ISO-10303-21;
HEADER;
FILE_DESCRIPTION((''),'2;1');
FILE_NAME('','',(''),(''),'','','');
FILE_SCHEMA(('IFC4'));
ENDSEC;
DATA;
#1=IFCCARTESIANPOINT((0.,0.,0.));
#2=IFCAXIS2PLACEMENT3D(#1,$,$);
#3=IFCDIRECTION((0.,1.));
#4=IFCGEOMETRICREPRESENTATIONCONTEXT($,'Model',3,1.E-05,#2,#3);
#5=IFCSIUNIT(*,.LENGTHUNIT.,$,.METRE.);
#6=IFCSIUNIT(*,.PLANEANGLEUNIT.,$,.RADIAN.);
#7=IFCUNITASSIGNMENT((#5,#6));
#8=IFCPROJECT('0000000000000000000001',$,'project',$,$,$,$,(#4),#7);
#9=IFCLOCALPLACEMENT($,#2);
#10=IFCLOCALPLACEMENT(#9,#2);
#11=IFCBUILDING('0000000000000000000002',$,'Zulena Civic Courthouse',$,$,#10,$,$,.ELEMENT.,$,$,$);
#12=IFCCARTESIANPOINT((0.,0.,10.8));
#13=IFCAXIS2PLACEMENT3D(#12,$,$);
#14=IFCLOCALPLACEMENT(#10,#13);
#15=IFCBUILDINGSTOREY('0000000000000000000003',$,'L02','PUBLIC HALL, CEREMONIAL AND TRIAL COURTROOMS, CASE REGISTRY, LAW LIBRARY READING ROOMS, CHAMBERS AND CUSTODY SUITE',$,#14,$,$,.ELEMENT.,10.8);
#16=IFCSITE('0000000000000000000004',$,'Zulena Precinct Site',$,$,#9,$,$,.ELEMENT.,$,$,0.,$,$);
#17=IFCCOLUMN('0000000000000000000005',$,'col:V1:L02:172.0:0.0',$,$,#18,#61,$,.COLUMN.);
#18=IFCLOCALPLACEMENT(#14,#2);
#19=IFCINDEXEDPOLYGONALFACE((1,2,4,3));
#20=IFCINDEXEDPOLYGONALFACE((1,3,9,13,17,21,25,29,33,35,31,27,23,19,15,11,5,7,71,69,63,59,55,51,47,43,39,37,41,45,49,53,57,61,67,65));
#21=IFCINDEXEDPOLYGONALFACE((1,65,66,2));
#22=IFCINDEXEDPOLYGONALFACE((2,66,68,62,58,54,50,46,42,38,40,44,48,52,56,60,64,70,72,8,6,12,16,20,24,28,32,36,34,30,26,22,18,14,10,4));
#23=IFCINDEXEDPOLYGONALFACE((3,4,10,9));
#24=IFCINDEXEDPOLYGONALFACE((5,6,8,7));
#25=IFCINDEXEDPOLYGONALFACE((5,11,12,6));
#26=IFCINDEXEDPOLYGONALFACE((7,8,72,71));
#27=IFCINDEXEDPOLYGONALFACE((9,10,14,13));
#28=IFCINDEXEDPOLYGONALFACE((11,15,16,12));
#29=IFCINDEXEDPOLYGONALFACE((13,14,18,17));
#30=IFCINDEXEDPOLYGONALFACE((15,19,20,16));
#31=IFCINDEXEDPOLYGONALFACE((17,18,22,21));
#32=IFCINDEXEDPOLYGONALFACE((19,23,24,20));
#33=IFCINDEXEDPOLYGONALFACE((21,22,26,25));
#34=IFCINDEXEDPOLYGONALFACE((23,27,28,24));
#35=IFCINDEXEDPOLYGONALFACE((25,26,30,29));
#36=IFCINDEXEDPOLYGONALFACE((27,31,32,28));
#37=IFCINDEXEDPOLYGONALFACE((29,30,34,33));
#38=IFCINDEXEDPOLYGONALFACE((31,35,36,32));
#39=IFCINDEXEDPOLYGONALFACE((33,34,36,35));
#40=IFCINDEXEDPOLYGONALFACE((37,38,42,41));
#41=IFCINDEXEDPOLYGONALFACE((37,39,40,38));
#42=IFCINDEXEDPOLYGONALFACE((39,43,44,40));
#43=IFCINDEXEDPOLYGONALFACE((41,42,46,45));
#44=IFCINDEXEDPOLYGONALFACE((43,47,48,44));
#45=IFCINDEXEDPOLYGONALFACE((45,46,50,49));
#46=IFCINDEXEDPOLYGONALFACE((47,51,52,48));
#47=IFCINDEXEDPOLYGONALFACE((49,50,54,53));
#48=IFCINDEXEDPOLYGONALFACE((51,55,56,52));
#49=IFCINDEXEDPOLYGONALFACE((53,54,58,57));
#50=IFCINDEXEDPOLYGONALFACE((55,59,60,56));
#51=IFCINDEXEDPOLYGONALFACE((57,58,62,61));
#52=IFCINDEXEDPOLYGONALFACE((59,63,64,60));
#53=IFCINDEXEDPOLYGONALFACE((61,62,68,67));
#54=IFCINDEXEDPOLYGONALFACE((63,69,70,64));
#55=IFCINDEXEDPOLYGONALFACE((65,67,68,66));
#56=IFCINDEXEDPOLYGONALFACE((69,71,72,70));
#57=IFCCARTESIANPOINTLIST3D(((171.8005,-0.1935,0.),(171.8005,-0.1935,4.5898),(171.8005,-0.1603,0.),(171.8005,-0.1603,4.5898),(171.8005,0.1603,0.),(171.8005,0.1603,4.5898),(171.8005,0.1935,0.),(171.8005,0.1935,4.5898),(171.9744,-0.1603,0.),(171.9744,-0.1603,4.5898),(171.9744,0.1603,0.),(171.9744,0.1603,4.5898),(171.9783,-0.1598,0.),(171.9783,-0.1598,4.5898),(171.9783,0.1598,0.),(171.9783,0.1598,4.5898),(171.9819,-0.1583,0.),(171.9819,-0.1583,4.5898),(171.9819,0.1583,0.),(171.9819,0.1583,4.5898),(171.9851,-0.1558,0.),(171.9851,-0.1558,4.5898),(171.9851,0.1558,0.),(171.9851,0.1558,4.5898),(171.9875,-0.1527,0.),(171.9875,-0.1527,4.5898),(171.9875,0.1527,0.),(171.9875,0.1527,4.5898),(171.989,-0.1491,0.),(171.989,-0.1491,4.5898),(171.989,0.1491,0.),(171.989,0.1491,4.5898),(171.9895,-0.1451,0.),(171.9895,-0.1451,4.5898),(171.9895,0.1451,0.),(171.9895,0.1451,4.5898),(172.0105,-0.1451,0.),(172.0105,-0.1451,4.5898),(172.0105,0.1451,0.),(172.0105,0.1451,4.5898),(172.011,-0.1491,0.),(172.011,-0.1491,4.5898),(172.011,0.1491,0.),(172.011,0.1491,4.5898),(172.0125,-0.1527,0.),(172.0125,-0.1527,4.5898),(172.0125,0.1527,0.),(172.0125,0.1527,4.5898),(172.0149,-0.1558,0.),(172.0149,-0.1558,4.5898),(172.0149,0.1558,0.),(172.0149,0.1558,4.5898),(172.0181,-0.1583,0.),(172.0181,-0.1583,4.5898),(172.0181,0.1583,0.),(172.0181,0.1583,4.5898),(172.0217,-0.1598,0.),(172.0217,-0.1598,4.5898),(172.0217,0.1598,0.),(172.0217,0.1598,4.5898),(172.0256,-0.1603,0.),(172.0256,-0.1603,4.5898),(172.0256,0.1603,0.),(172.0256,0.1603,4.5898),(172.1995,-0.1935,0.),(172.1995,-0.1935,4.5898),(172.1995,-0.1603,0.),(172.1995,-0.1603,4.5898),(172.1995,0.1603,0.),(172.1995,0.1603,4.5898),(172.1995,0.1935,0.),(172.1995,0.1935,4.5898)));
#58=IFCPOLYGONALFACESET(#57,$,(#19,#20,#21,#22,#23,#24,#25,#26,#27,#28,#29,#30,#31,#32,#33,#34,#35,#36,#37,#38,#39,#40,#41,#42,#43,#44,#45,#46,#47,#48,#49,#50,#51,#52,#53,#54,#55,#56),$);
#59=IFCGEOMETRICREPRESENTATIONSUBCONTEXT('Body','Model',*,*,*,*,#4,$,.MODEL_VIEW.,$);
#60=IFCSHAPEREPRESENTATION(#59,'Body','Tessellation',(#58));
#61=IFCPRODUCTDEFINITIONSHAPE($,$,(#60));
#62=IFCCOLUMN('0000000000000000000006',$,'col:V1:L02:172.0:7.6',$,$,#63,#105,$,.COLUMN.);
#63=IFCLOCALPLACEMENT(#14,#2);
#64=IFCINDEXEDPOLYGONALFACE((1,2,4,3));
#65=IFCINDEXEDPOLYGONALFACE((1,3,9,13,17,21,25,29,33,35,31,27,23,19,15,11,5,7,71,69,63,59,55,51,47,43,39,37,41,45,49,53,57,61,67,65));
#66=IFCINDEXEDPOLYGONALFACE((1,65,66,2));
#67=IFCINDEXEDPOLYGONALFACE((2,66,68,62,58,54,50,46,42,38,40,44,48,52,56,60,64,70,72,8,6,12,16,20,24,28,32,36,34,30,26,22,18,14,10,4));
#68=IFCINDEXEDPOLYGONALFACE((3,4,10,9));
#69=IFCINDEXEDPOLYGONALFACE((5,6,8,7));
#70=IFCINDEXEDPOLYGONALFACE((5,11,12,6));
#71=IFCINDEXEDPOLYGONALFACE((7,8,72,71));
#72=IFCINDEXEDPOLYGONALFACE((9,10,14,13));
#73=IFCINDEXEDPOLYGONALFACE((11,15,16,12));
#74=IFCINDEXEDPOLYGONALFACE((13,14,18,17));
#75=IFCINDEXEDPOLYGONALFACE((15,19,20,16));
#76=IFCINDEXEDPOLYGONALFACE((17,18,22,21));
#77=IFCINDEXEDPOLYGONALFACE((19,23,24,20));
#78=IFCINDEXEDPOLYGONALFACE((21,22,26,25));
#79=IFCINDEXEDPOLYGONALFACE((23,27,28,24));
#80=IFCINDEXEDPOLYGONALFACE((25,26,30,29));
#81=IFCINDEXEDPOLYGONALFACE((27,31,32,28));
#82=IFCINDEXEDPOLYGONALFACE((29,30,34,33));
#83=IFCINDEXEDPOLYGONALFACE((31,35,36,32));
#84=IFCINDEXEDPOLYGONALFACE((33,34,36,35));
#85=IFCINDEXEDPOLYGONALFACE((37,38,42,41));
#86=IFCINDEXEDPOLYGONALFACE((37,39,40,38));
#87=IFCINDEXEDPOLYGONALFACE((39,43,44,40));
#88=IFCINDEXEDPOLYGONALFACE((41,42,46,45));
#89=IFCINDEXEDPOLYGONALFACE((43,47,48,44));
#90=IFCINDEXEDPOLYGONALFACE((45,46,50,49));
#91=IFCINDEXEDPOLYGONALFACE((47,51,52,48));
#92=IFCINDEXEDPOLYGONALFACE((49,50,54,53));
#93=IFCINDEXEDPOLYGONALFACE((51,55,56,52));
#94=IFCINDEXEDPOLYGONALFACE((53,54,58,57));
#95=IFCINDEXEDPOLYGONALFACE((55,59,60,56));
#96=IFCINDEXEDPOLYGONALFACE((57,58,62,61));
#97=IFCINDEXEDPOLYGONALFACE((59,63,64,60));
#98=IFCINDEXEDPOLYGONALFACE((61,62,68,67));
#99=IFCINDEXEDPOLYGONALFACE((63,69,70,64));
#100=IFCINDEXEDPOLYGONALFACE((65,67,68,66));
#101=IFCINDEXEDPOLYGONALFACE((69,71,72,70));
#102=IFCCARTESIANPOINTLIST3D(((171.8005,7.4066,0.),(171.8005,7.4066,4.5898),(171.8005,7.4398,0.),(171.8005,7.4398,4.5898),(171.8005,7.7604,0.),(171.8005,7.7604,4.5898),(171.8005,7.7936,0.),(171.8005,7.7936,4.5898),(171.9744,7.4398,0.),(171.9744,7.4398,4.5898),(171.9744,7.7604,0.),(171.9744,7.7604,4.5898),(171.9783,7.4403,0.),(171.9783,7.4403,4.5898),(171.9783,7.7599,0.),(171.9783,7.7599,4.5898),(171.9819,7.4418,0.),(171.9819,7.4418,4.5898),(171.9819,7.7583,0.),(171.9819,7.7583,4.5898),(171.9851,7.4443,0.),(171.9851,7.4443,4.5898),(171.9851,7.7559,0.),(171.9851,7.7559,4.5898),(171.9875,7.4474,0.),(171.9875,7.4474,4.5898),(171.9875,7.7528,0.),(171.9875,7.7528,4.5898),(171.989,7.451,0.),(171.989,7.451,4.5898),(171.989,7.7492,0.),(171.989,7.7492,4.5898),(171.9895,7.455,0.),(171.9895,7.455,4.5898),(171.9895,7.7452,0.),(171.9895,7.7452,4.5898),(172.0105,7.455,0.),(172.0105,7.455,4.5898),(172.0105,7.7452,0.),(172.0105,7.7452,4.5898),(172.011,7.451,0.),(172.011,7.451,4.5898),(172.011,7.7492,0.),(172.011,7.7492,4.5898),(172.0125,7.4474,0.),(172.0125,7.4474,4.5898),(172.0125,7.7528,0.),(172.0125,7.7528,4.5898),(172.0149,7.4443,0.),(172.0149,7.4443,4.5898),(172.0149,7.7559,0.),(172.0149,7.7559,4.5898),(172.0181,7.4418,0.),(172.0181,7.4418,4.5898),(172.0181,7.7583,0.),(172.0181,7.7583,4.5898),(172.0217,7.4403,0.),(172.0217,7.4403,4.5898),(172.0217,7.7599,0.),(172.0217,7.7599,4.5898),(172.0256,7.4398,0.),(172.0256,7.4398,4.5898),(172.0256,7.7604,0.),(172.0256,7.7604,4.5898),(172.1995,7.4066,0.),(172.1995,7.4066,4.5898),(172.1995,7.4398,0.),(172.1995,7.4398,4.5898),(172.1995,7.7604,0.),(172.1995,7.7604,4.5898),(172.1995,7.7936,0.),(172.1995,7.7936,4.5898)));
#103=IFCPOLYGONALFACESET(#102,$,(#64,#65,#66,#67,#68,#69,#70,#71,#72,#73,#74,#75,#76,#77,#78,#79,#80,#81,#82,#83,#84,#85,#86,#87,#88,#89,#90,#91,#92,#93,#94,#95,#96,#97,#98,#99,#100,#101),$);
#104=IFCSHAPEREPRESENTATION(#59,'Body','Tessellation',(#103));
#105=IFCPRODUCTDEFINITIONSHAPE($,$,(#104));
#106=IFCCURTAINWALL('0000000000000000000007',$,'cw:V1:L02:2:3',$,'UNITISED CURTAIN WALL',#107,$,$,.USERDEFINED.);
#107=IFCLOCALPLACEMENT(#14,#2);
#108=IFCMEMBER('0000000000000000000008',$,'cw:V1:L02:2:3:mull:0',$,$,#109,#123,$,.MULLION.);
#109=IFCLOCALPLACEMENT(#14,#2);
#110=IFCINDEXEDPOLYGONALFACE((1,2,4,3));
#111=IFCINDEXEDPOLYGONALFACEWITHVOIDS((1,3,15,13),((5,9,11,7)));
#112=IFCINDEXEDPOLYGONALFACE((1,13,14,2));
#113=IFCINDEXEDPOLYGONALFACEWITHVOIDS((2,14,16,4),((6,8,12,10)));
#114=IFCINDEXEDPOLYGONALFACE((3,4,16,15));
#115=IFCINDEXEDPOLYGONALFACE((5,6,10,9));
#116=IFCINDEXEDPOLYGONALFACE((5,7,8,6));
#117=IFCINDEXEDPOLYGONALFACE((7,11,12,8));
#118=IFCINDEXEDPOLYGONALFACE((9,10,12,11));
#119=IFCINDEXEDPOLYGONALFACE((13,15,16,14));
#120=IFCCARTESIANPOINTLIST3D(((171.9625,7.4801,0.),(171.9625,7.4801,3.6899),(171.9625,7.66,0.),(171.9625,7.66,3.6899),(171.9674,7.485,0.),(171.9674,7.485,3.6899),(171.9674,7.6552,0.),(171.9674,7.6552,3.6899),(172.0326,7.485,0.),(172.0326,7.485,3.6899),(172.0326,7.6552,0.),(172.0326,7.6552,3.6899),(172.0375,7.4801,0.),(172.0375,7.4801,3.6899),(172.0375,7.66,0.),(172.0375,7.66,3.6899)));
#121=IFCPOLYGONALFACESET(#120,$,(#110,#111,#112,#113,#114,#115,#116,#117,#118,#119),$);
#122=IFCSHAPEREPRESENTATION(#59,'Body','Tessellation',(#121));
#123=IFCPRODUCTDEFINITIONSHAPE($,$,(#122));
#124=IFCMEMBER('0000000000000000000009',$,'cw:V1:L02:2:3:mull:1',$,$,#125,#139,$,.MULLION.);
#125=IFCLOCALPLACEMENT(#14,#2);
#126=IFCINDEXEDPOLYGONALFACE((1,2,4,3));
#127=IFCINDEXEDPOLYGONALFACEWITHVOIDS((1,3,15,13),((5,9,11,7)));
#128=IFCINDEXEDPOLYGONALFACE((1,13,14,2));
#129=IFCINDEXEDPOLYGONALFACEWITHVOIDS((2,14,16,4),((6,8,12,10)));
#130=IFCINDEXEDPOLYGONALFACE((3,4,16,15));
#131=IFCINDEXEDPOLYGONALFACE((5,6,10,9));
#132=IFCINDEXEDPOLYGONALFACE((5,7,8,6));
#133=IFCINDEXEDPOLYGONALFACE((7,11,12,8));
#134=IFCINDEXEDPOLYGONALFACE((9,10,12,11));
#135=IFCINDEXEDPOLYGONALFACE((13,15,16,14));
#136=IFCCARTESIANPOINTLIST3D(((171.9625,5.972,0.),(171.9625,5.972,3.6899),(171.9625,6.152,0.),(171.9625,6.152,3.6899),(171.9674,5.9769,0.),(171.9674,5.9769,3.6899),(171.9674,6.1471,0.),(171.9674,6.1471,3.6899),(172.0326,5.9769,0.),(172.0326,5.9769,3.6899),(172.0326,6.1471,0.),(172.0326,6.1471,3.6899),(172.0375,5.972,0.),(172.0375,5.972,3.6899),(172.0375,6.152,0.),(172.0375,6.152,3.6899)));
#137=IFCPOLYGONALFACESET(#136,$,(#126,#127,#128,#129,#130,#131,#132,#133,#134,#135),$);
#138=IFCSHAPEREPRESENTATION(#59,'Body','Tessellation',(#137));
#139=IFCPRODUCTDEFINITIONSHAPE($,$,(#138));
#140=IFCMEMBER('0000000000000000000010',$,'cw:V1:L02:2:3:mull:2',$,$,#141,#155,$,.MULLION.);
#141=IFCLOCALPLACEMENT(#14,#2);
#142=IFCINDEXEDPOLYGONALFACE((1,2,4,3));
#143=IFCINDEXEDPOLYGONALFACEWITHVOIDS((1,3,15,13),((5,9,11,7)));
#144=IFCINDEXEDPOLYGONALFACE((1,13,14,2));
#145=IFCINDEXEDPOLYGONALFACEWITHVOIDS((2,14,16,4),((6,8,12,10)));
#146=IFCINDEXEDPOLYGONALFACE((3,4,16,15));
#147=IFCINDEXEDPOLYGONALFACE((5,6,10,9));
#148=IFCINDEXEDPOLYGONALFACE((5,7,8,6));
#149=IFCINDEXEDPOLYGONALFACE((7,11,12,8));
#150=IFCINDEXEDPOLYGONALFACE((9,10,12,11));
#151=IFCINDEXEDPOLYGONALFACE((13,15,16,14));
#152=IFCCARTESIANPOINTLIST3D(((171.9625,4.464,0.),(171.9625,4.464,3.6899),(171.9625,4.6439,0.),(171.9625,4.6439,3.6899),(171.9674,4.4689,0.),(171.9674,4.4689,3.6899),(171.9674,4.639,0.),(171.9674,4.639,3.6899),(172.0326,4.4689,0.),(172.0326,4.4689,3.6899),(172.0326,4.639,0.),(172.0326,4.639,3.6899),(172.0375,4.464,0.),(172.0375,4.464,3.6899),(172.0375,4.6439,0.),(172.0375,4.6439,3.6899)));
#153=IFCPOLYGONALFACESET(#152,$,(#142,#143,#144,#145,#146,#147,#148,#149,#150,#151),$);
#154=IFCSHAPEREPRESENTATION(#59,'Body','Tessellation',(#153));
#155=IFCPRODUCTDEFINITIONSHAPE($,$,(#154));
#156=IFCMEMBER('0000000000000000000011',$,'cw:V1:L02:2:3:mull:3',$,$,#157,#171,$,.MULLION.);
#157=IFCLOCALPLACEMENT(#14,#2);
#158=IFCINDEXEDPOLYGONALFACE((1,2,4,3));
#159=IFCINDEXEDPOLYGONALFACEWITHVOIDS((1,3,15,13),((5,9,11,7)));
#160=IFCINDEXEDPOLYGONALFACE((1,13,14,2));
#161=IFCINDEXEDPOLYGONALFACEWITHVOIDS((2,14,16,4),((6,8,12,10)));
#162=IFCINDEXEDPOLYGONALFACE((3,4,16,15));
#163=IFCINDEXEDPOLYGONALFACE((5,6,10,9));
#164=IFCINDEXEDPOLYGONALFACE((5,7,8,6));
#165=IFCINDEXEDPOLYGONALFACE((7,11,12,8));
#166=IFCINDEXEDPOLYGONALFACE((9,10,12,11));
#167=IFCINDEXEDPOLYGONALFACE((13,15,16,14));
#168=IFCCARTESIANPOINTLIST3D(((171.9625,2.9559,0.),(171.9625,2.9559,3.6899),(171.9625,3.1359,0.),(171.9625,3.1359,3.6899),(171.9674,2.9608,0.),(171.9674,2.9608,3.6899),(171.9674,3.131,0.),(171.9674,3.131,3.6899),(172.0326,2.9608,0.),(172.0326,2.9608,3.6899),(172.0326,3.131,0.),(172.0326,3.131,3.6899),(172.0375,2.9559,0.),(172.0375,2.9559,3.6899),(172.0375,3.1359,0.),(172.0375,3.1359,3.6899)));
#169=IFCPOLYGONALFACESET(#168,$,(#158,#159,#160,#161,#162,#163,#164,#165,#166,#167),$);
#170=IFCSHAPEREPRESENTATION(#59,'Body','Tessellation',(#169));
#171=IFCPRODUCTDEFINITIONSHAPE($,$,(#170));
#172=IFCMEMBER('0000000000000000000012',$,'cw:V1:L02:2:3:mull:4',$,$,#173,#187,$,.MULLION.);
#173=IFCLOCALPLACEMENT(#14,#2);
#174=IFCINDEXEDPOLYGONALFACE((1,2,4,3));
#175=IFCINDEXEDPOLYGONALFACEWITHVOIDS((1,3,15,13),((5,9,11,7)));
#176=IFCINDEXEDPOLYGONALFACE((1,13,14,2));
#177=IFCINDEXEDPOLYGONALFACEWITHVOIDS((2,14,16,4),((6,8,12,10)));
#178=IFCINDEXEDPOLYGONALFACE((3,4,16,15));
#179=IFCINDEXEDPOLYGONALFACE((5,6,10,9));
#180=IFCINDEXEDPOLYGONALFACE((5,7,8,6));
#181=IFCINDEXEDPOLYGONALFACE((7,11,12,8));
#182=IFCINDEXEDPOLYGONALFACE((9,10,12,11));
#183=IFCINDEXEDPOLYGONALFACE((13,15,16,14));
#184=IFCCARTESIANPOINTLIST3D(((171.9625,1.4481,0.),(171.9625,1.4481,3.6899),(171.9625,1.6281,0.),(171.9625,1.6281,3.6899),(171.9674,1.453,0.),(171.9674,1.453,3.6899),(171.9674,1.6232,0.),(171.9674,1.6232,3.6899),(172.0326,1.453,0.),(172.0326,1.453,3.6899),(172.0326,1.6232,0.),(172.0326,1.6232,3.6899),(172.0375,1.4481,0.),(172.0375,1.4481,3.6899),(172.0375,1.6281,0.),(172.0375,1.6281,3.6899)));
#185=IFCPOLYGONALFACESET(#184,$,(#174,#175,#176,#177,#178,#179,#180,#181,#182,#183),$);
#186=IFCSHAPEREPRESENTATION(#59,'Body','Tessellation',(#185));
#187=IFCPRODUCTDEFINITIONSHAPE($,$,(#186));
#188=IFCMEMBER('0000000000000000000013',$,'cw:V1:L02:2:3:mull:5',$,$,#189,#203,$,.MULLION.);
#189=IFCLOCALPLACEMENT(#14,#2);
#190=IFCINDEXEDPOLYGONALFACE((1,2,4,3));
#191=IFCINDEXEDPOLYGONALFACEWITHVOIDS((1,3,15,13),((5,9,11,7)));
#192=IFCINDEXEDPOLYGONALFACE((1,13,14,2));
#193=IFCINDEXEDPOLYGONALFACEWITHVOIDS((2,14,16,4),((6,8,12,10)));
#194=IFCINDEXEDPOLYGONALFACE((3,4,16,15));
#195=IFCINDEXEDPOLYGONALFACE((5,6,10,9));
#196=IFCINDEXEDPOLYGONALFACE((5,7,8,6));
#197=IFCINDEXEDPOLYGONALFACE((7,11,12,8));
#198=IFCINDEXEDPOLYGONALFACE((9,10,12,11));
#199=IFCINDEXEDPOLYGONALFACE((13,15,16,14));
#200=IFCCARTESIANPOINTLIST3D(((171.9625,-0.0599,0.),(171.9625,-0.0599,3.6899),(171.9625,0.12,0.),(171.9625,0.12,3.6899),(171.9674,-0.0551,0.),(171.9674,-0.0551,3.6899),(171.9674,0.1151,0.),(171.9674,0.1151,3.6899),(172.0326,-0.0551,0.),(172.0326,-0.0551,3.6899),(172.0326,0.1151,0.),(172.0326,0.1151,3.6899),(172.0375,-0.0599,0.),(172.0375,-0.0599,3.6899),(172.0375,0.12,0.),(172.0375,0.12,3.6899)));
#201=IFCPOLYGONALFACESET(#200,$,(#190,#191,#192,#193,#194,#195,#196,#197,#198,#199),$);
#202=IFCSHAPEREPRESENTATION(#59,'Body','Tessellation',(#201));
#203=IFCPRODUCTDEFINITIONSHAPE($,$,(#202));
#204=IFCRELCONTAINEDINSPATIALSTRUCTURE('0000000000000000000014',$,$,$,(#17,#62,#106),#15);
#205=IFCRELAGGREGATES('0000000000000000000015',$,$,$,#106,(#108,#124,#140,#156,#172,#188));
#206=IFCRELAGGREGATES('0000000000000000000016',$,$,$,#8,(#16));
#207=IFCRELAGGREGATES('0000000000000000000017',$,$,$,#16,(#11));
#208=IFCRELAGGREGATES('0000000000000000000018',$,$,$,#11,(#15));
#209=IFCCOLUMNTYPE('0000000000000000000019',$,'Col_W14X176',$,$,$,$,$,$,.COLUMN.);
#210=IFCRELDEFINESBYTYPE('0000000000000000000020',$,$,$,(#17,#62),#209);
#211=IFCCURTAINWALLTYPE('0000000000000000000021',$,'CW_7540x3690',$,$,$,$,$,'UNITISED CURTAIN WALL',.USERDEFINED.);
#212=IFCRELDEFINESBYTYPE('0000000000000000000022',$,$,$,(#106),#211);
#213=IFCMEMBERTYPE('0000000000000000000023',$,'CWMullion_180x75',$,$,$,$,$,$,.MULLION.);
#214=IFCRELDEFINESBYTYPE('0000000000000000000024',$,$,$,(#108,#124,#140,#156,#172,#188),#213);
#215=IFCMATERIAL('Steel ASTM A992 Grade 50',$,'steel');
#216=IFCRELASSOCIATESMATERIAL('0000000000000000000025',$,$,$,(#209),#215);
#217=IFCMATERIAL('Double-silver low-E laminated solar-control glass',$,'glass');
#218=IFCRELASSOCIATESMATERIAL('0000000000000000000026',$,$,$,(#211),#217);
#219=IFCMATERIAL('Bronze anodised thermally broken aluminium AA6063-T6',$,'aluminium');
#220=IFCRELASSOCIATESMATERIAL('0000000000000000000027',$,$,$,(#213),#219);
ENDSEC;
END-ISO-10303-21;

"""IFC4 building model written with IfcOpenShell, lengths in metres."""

from ifc_helpers import new_model, si_unit, direction, frame, origin, origin_2d, place, context, subcontext, project, spatial, hollow_rectangle, i_section, extrude, material, material_profile, profile_set, type_object, element, aggregate, save


model = new_model("IFC4")

# Units and contexts
model_context = context("Model", 3, precision=1e-05, world=origin(), true_north=direction((0.0, 1.0)))
body_context = subcontext(model_context, "Body", "Model", "MODEL_VIEW")
ifc_project = project(units=[si_unit("LENGTHUNIT", "METRE"), si_unit("PLANEANGLEUNIT", "RADIAN")], contexts=[model_context])

# Site, building, storey
site_placement = place(None, origin())
site = spatial("IfcSite", under=ifc_project, at=site_placement, Name="Zulena Precinct Site", CompositionType="ELEMENT", RefElevation=0.0)
building_placement = place(site_placement, origin())
building = spatial("IfcBuilding", under=site, at=building_placement, Name="Zulena Civic Courthouse", CompositionType="ELEMENT")
storey_placement = place(building_placement, frame((0.0, 0.0, 10.8)))
storey = spatial("IfcBuildingStorey", under=building, at=storey_placement, Name="L02", Description="PUBLIC HALL, CEREMONIAL AND TRIAL COURTROOMS, CASE REGISTRY, LAW LIBRARY READING ROOMS, CHAMBERS AND CUSTODY SUITE", CompositionType="ELEMENT", Elevation=10.8)

# Columns
ifc_material_1 = material(Name="Steel ASTM A992 Grade 50", Category="steel")
ifc_material_profile_1 = material_profile(ifc_material_1, i_section(OverallWidth=0.3989, OverallDepth=0.387, WebThickness=0.021, FlangeThickness=0.0332, FilletRadius=0.0151, at=origin_2d()), Name="W14X176")
ifc_profile_set_1 = profile_set([ifc_material_profile_1], Name="Steel ASTM A992 Grade 50")
column_type = type_object("IfcColumnType", Name="Col_W14X176", PredefinedType="COLUMN", material=ifc_profile_set_1)
for number, where, z_axis, x_axis, name in (
    (1, (172.0, 0.0, 0.0), (0.0, 0.0, 1.0), (1.0, 0.0, 0.0), "col:V1:L02:172.0:0.0"),
    (2, (172.0, 7.6001, 0.0), (0.0, 0.0, 1.0), (1.0, 0.0, 0.0), "col:V1:L02:172.0:7.6"),
):
    element("IfcColumn", number, at=place(storey_placement, frame(where, z_axis=z_axis, x_axis=x_axis)), inside=storey, type_object=column_type, Name=name, PredefinedType="COLUMN", context=body_context, shape_type="SweptSolid", body=[
        extrude(i_section(OverallWidth=0.3989, OverallDepth=0.387, WebThickness=0.021, FlangeThickness=0.0332, FilletRadius=0.0151, at=origin_2d()), origin(), (0.0, 0.0, 1.0), 4.5898),
    ])

# Curtain wall, members
ifc_material_2 = material(Name="Double-silver low-E laminated solar-control glass", Category="glass")
curtain_wall_type = type_object("IfcCurtainWallType", Name="CW_7540x3690", ElementType="UNITISED CURTAIN WALL", PredefinedType="USERDEFINED", material=ifc_material_2)
curtain_wall_placement = place(storey_placement, origin())
curtain_wall = element("IfcCurtainWall", 3, at=curtain_wall_placement, inside=storey, type_object=curtain_wall_type, Name="cw:V1:L02:2:3", ObjectType="UNITISED CURTAIN WALL", PredefinedType="USERDEFINED")
ifc_material_3 = material(Name="Bronze anodised thermally broken aluminium AA6063-T6", Category="aluminium")
ifc_material_profile_2 = material_profile(ifc_material_3, hollow_rectangle(XDim=0.075, YDim=0.1799, WallThickness=0.0049, at=origin_2d()), Name="CWM180X75X5")
ifc_profile_set_2 = profile_set([ifc_material_profile_2], Name="Bronze anodised thermally broken aluminium AA6063-T6")
member_type_1 = type_object("IfcMemberType", Name="CWMullion_180x75", PredefinedType="MULLION", material=ifc_profile_set_2)
member_1_placement = place(storey_placement, frame((172.0, 7.5701, 0.0), z_axis=(0.0, 0.0, 1.0), x_axis=(1.0, 0.0, 0.0)))
member_1 = element("IfcMember", 4, at=member_1_placement, type_object=member_type_1, Name="cw:V1:L02:2:3:mull:0", PredefinedType="MULLION", context=body_context, shape_type="SweptSolid", body=[
    extrude(hollow_rectangle(XDim=0.075, YDim=0.1799, WallThickness=0.0049, at=origin_2d()), origin(), (0.0, 0.0, 1.0), 3.6899),
])
member_2_placement = place(storey_placement, frame((172.0, 6.062, 0.0), z_axis=(0.0, 0.0, 1.0), x_axis=(1.0, 0.0, 0.0)))
member_2 = element("IfcMember", 5, at=member_2_placement, type_object=member_type_1, Name="cw:V1:L02:2:3:mull:1", PredefinedType="MULLION", context=body_context, shape_type="SweptSolid", body=[
    extrude(hollow_rectangle(XDim=0.075, YDim=0.1799, WallThickness=0.0049, at=origin_2d()), origin(), (0.0, 0.0, 1.0), 3.6899),
])
member_3_placement = place(storey_placement, frame((172.0, 4.554, 0.0), z_axis=(0.0, 0.0, 1.0), x_axis=(1.0, 0.0, 0.0)))
member_3 = element("IfcMember", 6, at=member_3_placement, type_object=member_type_1, Name="cw:V1:L02:2:3:mull:2", PredefinedType="MULLION", context=body_context, shape_type="SweptSolid", body=[
    extrude(hollow_rectangle(XDim=0.075, YDim=0.1799, WallThickness=0.0049, at=origin_2d()), origin(), (0.0, 0.0, 1.0), 3.6899),
])
member_4_placement = place(storey_placement, frame((172.0, 3.0459, 0.0), z_axis=(0.0, 0.0, 1.0), x_axis=(1.0, 0.0, 0.0)))
member_4 = element("IfcMember", 7, at=member_4_placement, type_object=member_type_1, Name="cw:V1:L02:2:3:mull:3", PredefinedType="MULLION", context=body_context, shape_type="SweptSolid", body=[
    extrude(hollow_rectangle(XDim=0.075, YDim=0.1799, WallThickness=0.0049, at=origin_2d()), origin(), (0.0, 0.0, 1.0), 3.6899),
])
member_5_placement = place(storey_placement, frame((172.0, 1.5381, 0.0), z_axis=(0.0, 0.0, 1.0), x_axis=(1.0, 0.0, 0.0)))
member_5 = element("IfcMember", 8, at=member_5_placement, type_object=member_type_1, Name="cw:V1:L02:2:3:mull:4", PredefinedType="MULLION", context=body_context, shape_type="SweptSolid", body=[
    extrude(hollow_rectangle(XDim=0.075, YDim=0.1799, WallThickness=0.0049, at=origin_2d()), origin(), (0.0, 0.0, 1.0), 3.6899),
])
member_6_placement = place(storey_placement, frame((172.0, 0.03, 0.0), z_axis=(0.0, 0.0, 1.0), x_axis=(1.0, 0.0, 0.0)))
member_6 = element("IfcMember", 9, at=member_6_placement, type_object=member_type_1, Name="cw:V1:L02:2:3:mull:5", PredefinedType="MULLION", context=body_context, shape_type="SweptSolid", body=[
    extrude(hollow_rectangle(XDim=0.075, YDim=0.1799, WallThickness=0.0049, at=origin_2d()), origin(), (0.0, 0.0, 1.0), 3.6899),
])

aggregate(curtain_wall, [member_1, member_2, member_3, member_4, member_5, member_6])

save(model, "model.ifc")
